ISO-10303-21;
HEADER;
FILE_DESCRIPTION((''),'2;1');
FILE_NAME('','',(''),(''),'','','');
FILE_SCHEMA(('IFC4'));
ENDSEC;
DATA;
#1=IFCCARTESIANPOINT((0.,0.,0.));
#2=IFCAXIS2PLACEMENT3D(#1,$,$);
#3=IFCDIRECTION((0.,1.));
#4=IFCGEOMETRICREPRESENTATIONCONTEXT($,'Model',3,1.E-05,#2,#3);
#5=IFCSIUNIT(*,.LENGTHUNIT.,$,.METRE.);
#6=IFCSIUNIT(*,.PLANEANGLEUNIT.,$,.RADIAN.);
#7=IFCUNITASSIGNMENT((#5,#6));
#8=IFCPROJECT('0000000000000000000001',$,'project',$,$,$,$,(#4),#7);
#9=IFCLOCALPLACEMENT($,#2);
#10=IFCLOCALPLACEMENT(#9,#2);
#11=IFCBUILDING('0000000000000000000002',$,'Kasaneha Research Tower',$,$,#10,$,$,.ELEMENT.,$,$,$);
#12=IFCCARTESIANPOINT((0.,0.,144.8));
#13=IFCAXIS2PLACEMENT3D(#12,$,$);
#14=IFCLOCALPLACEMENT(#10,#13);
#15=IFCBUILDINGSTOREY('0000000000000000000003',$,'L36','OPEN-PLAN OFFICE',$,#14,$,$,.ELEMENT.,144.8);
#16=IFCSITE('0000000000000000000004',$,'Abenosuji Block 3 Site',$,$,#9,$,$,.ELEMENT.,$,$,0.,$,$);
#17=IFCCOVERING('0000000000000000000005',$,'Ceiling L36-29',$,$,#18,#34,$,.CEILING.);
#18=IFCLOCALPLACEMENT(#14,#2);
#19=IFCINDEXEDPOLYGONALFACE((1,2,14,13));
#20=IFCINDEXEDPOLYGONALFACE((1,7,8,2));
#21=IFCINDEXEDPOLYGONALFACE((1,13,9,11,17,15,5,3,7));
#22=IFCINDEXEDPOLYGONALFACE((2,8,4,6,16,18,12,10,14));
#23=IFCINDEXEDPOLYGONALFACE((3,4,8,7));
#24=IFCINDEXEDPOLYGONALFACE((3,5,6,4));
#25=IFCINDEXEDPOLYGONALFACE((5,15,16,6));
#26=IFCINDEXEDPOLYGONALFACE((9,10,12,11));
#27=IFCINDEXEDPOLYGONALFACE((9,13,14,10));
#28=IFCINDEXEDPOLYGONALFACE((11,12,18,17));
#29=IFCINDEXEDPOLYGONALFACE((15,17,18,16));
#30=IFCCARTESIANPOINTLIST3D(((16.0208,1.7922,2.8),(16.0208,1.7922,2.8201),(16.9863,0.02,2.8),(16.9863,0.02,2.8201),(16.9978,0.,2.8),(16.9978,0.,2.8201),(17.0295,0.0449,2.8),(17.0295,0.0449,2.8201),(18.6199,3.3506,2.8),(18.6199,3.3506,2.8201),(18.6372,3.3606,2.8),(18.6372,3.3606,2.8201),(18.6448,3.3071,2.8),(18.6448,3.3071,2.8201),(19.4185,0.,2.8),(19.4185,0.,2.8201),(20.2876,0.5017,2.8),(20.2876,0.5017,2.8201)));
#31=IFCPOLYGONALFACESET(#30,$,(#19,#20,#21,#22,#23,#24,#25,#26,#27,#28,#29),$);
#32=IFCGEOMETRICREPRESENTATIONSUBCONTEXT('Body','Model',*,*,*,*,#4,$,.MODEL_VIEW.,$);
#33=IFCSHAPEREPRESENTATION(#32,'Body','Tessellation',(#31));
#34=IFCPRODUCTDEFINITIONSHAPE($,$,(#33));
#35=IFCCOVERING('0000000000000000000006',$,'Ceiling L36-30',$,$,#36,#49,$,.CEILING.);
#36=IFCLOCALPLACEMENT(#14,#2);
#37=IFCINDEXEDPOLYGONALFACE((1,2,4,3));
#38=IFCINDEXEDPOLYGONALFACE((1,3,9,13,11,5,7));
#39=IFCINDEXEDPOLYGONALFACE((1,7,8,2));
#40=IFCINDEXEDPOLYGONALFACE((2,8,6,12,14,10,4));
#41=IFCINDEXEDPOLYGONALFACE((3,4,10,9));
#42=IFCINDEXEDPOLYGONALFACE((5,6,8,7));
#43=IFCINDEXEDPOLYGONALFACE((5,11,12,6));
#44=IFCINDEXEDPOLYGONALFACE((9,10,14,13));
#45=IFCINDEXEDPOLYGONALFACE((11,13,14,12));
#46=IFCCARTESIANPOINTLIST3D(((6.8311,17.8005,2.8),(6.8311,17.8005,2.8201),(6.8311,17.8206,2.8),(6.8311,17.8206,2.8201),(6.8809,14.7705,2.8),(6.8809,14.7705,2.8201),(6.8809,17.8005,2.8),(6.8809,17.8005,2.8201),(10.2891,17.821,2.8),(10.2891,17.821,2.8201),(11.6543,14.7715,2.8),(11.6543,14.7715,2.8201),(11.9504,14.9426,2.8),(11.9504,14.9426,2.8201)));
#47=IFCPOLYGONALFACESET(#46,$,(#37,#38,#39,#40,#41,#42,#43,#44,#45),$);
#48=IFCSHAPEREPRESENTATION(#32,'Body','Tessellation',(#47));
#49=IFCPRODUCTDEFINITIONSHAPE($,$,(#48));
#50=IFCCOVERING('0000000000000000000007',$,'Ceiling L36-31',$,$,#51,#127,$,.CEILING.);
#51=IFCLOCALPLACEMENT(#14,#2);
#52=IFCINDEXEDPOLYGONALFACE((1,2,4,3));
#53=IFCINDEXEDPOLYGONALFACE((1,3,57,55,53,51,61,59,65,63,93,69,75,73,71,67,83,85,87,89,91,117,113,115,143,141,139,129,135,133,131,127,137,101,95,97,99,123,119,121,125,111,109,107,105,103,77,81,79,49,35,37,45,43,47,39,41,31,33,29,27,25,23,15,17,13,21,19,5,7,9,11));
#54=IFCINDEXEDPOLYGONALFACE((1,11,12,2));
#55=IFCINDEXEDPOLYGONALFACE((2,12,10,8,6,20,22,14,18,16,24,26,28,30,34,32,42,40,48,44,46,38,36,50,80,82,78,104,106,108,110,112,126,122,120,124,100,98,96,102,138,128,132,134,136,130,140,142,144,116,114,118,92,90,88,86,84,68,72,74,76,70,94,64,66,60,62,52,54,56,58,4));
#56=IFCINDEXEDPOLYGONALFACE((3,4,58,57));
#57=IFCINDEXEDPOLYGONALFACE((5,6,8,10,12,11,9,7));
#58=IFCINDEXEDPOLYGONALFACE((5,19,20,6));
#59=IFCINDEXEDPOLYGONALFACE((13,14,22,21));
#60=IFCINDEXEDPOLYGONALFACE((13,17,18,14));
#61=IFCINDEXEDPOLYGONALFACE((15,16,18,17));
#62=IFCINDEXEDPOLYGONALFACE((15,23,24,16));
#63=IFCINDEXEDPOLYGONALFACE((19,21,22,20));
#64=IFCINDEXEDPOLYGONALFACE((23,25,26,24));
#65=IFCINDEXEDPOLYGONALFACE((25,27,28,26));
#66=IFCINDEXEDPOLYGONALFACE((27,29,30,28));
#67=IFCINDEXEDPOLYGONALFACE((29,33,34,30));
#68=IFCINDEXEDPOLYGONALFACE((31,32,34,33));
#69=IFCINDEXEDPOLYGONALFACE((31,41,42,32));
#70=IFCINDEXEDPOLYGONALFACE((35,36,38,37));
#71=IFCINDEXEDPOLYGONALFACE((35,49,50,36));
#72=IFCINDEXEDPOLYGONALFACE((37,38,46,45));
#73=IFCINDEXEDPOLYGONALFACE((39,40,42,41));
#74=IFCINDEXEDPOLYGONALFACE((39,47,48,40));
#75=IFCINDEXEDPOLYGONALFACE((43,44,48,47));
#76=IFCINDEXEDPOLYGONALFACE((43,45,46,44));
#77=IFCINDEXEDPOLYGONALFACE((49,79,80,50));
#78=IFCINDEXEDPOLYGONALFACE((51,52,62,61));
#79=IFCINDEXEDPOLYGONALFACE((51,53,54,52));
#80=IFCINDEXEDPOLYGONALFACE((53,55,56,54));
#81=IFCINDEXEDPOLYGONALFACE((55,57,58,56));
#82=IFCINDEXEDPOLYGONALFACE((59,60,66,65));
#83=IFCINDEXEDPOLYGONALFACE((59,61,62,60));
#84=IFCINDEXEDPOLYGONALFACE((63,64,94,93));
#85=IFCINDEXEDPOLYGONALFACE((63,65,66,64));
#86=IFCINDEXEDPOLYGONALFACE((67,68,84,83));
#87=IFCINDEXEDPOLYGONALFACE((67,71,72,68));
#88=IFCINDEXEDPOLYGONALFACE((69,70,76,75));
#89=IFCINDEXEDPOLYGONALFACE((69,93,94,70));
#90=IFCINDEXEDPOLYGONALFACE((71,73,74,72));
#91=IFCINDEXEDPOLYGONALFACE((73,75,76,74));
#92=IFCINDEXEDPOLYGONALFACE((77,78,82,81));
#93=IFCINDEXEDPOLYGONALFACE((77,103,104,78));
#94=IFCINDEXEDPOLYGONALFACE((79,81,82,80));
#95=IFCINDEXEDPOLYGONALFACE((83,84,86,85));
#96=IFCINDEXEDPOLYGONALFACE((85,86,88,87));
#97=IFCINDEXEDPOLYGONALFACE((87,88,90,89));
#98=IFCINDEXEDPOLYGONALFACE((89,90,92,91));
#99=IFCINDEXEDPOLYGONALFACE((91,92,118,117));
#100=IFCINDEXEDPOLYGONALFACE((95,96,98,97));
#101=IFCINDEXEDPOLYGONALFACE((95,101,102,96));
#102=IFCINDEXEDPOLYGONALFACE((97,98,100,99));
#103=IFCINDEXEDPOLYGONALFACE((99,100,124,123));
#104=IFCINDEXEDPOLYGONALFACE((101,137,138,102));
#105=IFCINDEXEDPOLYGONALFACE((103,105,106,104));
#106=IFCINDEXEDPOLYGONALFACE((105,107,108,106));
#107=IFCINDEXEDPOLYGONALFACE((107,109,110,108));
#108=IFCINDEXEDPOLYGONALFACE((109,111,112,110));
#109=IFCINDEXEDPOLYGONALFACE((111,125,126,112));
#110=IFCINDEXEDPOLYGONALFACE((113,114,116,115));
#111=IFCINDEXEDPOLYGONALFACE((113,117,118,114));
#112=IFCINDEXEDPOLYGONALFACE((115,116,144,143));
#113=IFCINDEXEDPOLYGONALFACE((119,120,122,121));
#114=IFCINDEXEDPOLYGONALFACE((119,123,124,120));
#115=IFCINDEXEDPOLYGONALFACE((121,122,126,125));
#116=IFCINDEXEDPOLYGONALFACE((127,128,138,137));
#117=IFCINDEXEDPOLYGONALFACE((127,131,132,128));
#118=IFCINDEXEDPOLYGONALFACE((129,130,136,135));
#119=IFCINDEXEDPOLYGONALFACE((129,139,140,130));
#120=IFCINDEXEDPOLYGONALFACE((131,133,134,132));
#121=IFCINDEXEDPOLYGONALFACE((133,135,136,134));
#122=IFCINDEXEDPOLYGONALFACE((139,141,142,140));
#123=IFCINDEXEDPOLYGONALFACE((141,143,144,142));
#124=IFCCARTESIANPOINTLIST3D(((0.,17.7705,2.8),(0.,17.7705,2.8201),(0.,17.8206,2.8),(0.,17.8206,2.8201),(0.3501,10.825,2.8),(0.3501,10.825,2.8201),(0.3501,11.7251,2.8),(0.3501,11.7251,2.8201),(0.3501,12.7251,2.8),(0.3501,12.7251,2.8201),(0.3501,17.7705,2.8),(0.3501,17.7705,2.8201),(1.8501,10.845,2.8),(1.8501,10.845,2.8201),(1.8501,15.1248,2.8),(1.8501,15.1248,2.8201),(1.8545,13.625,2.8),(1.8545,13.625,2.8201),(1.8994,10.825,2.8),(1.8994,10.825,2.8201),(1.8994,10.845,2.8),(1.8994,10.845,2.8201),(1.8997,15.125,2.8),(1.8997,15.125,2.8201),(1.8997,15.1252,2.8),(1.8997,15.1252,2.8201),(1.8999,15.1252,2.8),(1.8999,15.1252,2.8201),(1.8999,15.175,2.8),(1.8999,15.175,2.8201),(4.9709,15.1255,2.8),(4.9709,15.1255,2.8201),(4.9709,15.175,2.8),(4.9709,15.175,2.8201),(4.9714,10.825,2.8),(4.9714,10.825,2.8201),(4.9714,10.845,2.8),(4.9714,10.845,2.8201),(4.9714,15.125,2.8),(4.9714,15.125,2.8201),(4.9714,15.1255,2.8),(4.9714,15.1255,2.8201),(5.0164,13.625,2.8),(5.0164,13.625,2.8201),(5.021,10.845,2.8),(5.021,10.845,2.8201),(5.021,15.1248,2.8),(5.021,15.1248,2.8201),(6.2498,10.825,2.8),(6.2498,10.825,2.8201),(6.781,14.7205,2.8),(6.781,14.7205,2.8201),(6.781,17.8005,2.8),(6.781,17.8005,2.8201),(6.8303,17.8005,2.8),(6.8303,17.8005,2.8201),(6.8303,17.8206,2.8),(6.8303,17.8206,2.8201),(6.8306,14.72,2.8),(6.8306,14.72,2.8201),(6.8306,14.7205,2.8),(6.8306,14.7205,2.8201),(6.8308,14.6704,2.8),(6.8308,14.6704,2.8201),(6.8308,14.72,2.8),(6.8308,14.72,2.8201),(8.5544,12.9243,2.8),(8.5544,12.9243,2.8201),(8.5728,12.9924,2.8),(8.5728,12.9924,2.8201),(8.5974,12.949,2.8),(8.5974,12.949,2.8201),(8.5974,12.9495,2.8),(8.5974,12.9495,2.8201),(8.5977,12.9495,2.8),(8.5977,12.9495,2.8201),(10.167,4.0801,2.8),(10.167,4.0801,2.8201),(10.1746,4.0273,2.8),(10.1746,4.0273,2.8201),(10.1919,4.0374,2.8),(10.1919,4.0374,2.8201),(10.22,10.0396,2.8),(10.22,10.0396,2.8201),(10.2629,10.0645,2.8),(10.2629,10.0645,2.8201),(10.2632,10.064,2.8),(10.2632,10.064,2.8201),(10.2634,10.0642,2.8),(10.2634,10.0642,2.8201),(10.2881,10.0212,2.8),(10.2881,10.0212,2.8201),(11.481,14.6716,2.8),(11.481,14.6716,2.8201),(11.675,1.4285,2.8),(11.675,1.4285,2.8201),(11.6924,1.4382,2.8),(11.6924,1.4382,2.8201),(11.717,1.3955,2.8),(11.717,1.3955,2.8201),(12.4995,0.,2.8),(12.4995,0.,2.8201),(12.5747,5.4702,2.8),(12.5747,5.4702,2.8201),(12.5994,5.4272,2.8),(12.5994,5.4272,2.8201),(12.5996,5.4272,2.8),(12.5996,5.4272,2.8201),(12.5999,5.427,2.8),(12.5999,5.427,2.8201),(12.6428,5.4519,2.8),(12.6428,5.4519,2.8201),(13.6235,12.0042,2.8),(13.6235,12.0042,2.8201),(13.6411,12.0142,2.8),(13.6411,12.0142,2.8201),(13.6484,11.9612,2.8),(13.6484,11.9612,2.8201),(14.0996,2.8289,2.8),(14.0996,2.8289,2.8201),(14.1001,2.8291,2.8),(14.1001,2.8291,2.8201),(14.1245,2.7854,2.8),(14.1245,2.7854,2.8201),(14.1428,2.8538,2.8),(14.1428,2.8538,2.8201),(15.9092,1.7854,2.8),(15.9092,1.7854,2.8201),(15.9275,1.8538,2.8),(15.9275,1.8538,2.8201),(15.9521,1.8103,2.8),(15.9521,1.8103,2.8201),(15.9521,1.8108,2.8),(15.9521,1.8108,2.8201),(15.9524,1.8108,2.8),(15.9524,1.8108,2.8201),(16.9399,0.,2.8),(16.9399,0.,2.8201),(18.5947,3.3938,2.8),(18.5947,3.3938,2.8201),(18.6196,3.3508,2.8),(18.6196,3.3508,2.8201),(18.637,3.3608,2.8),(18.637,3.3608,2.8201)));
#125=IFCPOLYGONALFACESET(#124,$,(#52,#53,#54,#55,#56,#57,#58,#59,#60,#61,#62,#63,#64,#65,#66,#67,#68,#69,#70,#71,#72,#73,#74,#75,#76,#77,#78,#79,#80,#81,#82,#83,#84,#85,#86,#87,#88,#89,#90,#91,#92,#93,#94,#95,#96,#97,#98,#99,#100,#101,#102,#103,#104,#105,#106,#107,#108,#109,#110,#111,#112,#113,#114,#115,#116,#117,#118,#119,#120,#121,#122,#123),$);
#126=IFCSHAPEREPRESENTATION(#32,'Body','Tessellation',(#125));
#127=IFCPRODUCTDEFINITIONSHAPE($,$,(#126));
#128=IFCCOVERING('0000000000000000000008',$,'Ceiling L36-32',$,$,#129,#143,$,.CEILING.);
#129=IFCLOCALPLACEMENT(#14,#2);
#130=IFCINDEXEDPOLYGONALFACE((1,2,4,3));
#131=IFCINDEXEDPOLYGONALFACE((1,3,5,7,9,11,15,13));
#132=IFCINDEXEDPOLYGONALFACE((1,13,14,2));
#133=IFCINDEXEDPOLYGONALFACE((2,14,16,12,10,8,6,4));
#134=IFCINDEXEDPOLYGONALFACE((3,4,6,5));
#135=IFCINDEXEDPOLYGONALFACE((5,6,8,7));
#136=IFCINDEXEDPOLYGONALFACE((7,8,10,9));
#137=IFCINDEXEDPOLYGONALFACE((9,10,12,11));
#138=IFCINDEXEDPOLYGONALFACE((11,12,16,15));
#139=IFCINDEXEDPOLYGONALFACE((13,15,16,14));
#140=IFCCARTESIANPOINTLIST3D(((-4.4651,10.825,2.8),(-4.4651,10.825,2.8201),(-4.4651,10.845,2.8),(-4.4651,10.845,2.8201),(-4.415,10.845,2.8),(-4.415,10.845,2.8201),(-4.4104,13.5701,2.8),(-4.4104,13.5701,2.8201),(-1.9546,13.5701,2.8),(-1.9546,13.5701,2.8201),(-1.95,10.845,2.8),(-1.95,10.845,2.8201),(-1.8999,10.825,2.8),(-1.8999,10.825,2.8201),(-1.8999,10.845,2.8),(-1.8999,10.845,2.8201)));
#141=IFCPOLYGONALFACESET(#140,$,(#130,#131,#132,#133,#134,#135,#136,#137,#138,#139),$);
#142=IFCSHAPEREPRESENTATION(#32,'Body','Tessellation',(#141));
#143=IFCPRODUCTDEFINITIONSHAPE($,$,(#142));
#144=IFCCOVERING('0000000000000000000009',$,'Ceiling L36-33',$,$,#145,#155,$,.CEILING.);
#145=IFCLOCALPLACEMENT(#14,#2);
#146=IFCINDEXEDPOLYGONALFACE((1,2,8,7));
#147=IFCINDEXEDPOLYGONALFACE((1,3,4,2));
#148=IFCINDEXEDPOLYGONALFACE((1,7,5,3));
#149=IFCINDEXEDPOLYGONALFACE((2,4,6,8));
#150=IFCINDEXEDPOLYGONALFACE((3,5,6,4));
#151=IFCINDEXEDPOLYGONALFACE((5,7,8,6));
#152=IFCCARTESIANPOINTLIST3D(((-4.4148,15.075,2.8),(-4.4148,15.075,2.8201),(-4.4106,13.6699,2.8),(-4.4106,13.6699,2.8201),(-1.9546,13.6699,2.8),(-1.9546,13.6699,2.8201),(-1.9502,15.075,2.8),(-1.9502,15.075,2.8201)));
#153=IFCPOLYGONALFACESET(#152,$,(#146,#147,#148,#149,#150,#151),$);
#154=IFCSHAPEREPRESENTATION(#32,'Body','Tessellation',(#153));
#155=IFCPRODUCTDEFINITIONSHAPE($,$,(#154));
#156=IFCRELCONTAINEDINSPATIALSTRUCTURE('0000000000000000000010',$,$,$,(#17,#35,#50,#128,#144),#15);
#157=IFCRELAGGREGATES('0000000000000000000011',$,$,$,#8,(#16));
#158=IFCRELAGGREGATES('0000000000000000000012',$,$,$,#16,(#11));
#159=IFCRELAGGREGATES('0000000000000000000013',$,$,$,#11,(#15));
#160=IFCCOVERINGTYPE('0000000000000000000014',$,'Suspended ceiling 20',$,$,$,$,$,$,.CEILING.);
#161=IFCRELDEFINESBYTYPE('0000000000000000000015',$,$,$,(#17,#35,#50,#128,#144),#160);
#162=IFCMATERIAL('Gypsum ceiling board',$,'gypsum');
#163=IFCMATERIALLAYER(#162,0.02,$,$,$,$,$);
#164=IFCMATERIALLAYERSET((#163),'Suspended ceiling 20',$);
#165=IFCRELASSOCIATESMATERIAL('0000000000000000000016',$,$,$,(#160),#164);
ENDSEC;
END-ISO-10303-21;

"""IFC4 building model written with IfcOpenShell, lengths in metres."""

from ifc_helpers import new_model, si_unit, direction, frame, origin, place, context, subcontext, project, spatial, polyline, outline, extrude, material, layer, layer_set, type_object, element, save


model = new_model("IFC4")

# Units and contexts
model_context = context("Model", 3, precision=1e-05, world=origin(), true_north=direction((0.0, 1.0)))
body_context = subcontext(model_context, "Body", "Model", "MODEL_VIEW")
ifc_project = project(units=[si_unit("LENGTHUNIT", "METRE"), si_unit("PLANEANGLEUNIT", "RADIAN")], contexts=[model_context])

# Site, building, storey
site_placement = place(None, origin())
site = spatial("IfcSite", under=ifc_project, at=site_placement, Name="Abenosuji Block 3 Site", CompositionType="ELEMENT", RefElevation=0.0)
building_placement = place(site_placement, origin())
building = spatial("IfcBuilding", under=site, at=building_placement, Name="Kasaneha Research Tower", CompositionType="ELEMENT")
storey_placement = place(building_placement, frame((0.0, 0.0, 144.8)))
storey = spatial("IfcBuildingStorey", under=building, at=storey_placement, Name="L36", Description="OPEN-PLAN OFFICE", CompositionType="ELEMENT", Elevation=144.8)

# Coverings
ifc_material_1 = material(Name="Gypsum ceiling board", Category="gypsum")
ifc_layer_1 = layer(ifc_material_1, 0.02)
ifc_layer_set_1 = layer_set([ifc_layer_1], Name="Suspended ceiling 20")
covering_type_1 = type_object("IfcCoveringType", Name="Suspended ceiling 20", PredefinedType="CEILING", material=ifc_layer_set_1)
covering_1_placement = place(storey_placement, frame((0.0, 0.0, 2.8)))
element("IfcCovering", 1, at=covering_1_placement, inside=storey, type_object=covering_type_1, Name="Ceiling L36-29", PredefinedType="CEILING", context=body_context, shape_type="SweptSolid", body=[
    extrude(outline(polyline([(19.4185, 0.0), (16.9978, 0.0), (16.9863, 0.02), (17.0295, 0.0449), (16.0208, 1.7922), (18.6448, 3.3071), (18.6199, 3.3506), (18.6372, 3.3606), (20.2876, 0.5017), (19.4185, 0.0)])), origin(), (0.0, 0.0, 1.0), 0.02),
])
covering_2_placement = place(storey_placement, frame((0.0, 0.0, 2.8)))
element("IfcCovering", 2, at=covering_2_placement, inside=storey, type_object=covering_type_1, Name="Ceiling L36-30", PredefinedType="CEILING", context=body_context, shape_type="SweptSolid", body=[
    extrude(outline(polyline([(11.9504, 14.9426), (11.6543, 14.7715), (6.8809, 14.7705), (6.8809, 17.8005), (6.8311, 17.8005), (6.8311, 17.8206), (10.2891, 17.821), (11.9504, 14.9426)])), origin(), (0.0, 0.0, 1.0), 0.02),
])
covering_3_placement = place(storey_placement, frame((0.0, 0.0, 2.8)))
element("IfcCovering", 3, at=covering_3_placement, inside=storey, type_object=covering_type_1, Name="Ceiling L36-31", PredefinedType="CEILING", context=body_context, shape_type="SweptSolid", body=[
    extrude(outline(polyline([(14.1001, 2.8291), (14.1428, 2.8538), (12.6428, 5.4519), (12.5999, 5.427), (12.5996, 5.4272), (12.5994, 5.4272), (12.5747, 5.4702), (10.167, 4.0801), (10.1919, 4.0374), (10.1746, 4.0273), (6.2498, 10.825), (4.9714, 10.825), (4.9714, 10.845), (5.021, 10.845), (5.0164, 13.625), (5.021, 15.1248), (4.9714, 15.125), (4.9714, 15.1255), (4.9709, 15.1255), (4.9709, 15.175), (1.8999, 15.175), (1.8999, 15.1252), (1.8997, 15.1252), (1.8997, 15.125), (1.8501, 15.1248), (1.8545, 13.625), (1.8501, 10.845), (1.8994, 10.845), (1.8994, 10.825), (0.3501, 10.825), (0.3501, 11.7251), (0.3501, 12.7251), (0.3501, 17.7705), (0.3501, 17.7705), (0.0, 17.7705), (0.0, 17.8206), (6.8303, 17.8206), (6.8303, 17.8005), (6.781, 17.8005), (6.781, 14.7205), (6.8306, 14.7205), (6.8306, 14.72), (6.8308, 14.72), (6.8308, 14.6704), (11.481, 14.6716), (8.5728, 12.9924), (8.5977, 12.9495), (8.5974, 12.9495), (8.5974, 12.949), (8.5544, 12.9243), (10.22, 10.0396), (10.2629, 10.0645), (10.2632, 10.064), (10.2634, 10.0642), (10.2881, 10.0212), (13.6484, 11.9612), (13.6235, 12.0042), (13.6411, 12.0142), (18.637, 3.3608), (18.6196, 3.3508), (18.5947, 3.3938), (15.9275, 1.8538), (15.9524, 1.8108), (15.9521, 1.8108), (15.9521, 1.8103), (15.9092, 1.7854), (16.9399, 0.0), (12.4995, 0.0), (11.675, 1.4285), (11.6924, 1.4382), (11.717, 1.3955), (14.1245, 2.7854), (14.0996, 2.8289), (14.1001, 2.8291), (14.1001, 2.8291)])), origin(), (0.0, 0.0, 1.0), 0.02),
])
covering_4_placement = place(storey_placement, frame((0.0, 0.0, 2.8)))
element("IfcCovering", 4, at=covering_4_placement, inside=storey, type_object=covering_type_1, Name="Ceiling L36-32", PredefinedType="CEILING", context=body_context, shape_type="SweptSolid", body=[
    extrude(outline(polyline([(-4.4651, 10.825), (-4.4651, 10.845), (-4.415, 10.845), (-4.4104, 13.5701), (-1.9546, 13.5701), (-1.95, 10.845), (-1.8999, 10.845), (-1.8999, 10.825), (-4.4651, 10.825)])), origin(), (0.0, 0.0, 1.0), 0.02),
])
covering_5_placement = place(storey_placement, frame((0.0, 0.0, 2.8)))
element("IfcCovering", 5, at=covering_5_placement, inside=storey, type_object=covering_type_1, Name="Ceiling L36-33", PredefinedType="CEILING", context=body_context, shape_type="SweptSolid", body=[
    extrude(outline(polyline([(-1.9502, 15.075), (-1.9546, 13.6699), (-4.4106, 13.6699), (-4.4148, 15.075), (-1.9502, 15.075)])), origin(), (0.0, 0.0, 1.0), 0.02),
])

save(model, "model.ifc")
